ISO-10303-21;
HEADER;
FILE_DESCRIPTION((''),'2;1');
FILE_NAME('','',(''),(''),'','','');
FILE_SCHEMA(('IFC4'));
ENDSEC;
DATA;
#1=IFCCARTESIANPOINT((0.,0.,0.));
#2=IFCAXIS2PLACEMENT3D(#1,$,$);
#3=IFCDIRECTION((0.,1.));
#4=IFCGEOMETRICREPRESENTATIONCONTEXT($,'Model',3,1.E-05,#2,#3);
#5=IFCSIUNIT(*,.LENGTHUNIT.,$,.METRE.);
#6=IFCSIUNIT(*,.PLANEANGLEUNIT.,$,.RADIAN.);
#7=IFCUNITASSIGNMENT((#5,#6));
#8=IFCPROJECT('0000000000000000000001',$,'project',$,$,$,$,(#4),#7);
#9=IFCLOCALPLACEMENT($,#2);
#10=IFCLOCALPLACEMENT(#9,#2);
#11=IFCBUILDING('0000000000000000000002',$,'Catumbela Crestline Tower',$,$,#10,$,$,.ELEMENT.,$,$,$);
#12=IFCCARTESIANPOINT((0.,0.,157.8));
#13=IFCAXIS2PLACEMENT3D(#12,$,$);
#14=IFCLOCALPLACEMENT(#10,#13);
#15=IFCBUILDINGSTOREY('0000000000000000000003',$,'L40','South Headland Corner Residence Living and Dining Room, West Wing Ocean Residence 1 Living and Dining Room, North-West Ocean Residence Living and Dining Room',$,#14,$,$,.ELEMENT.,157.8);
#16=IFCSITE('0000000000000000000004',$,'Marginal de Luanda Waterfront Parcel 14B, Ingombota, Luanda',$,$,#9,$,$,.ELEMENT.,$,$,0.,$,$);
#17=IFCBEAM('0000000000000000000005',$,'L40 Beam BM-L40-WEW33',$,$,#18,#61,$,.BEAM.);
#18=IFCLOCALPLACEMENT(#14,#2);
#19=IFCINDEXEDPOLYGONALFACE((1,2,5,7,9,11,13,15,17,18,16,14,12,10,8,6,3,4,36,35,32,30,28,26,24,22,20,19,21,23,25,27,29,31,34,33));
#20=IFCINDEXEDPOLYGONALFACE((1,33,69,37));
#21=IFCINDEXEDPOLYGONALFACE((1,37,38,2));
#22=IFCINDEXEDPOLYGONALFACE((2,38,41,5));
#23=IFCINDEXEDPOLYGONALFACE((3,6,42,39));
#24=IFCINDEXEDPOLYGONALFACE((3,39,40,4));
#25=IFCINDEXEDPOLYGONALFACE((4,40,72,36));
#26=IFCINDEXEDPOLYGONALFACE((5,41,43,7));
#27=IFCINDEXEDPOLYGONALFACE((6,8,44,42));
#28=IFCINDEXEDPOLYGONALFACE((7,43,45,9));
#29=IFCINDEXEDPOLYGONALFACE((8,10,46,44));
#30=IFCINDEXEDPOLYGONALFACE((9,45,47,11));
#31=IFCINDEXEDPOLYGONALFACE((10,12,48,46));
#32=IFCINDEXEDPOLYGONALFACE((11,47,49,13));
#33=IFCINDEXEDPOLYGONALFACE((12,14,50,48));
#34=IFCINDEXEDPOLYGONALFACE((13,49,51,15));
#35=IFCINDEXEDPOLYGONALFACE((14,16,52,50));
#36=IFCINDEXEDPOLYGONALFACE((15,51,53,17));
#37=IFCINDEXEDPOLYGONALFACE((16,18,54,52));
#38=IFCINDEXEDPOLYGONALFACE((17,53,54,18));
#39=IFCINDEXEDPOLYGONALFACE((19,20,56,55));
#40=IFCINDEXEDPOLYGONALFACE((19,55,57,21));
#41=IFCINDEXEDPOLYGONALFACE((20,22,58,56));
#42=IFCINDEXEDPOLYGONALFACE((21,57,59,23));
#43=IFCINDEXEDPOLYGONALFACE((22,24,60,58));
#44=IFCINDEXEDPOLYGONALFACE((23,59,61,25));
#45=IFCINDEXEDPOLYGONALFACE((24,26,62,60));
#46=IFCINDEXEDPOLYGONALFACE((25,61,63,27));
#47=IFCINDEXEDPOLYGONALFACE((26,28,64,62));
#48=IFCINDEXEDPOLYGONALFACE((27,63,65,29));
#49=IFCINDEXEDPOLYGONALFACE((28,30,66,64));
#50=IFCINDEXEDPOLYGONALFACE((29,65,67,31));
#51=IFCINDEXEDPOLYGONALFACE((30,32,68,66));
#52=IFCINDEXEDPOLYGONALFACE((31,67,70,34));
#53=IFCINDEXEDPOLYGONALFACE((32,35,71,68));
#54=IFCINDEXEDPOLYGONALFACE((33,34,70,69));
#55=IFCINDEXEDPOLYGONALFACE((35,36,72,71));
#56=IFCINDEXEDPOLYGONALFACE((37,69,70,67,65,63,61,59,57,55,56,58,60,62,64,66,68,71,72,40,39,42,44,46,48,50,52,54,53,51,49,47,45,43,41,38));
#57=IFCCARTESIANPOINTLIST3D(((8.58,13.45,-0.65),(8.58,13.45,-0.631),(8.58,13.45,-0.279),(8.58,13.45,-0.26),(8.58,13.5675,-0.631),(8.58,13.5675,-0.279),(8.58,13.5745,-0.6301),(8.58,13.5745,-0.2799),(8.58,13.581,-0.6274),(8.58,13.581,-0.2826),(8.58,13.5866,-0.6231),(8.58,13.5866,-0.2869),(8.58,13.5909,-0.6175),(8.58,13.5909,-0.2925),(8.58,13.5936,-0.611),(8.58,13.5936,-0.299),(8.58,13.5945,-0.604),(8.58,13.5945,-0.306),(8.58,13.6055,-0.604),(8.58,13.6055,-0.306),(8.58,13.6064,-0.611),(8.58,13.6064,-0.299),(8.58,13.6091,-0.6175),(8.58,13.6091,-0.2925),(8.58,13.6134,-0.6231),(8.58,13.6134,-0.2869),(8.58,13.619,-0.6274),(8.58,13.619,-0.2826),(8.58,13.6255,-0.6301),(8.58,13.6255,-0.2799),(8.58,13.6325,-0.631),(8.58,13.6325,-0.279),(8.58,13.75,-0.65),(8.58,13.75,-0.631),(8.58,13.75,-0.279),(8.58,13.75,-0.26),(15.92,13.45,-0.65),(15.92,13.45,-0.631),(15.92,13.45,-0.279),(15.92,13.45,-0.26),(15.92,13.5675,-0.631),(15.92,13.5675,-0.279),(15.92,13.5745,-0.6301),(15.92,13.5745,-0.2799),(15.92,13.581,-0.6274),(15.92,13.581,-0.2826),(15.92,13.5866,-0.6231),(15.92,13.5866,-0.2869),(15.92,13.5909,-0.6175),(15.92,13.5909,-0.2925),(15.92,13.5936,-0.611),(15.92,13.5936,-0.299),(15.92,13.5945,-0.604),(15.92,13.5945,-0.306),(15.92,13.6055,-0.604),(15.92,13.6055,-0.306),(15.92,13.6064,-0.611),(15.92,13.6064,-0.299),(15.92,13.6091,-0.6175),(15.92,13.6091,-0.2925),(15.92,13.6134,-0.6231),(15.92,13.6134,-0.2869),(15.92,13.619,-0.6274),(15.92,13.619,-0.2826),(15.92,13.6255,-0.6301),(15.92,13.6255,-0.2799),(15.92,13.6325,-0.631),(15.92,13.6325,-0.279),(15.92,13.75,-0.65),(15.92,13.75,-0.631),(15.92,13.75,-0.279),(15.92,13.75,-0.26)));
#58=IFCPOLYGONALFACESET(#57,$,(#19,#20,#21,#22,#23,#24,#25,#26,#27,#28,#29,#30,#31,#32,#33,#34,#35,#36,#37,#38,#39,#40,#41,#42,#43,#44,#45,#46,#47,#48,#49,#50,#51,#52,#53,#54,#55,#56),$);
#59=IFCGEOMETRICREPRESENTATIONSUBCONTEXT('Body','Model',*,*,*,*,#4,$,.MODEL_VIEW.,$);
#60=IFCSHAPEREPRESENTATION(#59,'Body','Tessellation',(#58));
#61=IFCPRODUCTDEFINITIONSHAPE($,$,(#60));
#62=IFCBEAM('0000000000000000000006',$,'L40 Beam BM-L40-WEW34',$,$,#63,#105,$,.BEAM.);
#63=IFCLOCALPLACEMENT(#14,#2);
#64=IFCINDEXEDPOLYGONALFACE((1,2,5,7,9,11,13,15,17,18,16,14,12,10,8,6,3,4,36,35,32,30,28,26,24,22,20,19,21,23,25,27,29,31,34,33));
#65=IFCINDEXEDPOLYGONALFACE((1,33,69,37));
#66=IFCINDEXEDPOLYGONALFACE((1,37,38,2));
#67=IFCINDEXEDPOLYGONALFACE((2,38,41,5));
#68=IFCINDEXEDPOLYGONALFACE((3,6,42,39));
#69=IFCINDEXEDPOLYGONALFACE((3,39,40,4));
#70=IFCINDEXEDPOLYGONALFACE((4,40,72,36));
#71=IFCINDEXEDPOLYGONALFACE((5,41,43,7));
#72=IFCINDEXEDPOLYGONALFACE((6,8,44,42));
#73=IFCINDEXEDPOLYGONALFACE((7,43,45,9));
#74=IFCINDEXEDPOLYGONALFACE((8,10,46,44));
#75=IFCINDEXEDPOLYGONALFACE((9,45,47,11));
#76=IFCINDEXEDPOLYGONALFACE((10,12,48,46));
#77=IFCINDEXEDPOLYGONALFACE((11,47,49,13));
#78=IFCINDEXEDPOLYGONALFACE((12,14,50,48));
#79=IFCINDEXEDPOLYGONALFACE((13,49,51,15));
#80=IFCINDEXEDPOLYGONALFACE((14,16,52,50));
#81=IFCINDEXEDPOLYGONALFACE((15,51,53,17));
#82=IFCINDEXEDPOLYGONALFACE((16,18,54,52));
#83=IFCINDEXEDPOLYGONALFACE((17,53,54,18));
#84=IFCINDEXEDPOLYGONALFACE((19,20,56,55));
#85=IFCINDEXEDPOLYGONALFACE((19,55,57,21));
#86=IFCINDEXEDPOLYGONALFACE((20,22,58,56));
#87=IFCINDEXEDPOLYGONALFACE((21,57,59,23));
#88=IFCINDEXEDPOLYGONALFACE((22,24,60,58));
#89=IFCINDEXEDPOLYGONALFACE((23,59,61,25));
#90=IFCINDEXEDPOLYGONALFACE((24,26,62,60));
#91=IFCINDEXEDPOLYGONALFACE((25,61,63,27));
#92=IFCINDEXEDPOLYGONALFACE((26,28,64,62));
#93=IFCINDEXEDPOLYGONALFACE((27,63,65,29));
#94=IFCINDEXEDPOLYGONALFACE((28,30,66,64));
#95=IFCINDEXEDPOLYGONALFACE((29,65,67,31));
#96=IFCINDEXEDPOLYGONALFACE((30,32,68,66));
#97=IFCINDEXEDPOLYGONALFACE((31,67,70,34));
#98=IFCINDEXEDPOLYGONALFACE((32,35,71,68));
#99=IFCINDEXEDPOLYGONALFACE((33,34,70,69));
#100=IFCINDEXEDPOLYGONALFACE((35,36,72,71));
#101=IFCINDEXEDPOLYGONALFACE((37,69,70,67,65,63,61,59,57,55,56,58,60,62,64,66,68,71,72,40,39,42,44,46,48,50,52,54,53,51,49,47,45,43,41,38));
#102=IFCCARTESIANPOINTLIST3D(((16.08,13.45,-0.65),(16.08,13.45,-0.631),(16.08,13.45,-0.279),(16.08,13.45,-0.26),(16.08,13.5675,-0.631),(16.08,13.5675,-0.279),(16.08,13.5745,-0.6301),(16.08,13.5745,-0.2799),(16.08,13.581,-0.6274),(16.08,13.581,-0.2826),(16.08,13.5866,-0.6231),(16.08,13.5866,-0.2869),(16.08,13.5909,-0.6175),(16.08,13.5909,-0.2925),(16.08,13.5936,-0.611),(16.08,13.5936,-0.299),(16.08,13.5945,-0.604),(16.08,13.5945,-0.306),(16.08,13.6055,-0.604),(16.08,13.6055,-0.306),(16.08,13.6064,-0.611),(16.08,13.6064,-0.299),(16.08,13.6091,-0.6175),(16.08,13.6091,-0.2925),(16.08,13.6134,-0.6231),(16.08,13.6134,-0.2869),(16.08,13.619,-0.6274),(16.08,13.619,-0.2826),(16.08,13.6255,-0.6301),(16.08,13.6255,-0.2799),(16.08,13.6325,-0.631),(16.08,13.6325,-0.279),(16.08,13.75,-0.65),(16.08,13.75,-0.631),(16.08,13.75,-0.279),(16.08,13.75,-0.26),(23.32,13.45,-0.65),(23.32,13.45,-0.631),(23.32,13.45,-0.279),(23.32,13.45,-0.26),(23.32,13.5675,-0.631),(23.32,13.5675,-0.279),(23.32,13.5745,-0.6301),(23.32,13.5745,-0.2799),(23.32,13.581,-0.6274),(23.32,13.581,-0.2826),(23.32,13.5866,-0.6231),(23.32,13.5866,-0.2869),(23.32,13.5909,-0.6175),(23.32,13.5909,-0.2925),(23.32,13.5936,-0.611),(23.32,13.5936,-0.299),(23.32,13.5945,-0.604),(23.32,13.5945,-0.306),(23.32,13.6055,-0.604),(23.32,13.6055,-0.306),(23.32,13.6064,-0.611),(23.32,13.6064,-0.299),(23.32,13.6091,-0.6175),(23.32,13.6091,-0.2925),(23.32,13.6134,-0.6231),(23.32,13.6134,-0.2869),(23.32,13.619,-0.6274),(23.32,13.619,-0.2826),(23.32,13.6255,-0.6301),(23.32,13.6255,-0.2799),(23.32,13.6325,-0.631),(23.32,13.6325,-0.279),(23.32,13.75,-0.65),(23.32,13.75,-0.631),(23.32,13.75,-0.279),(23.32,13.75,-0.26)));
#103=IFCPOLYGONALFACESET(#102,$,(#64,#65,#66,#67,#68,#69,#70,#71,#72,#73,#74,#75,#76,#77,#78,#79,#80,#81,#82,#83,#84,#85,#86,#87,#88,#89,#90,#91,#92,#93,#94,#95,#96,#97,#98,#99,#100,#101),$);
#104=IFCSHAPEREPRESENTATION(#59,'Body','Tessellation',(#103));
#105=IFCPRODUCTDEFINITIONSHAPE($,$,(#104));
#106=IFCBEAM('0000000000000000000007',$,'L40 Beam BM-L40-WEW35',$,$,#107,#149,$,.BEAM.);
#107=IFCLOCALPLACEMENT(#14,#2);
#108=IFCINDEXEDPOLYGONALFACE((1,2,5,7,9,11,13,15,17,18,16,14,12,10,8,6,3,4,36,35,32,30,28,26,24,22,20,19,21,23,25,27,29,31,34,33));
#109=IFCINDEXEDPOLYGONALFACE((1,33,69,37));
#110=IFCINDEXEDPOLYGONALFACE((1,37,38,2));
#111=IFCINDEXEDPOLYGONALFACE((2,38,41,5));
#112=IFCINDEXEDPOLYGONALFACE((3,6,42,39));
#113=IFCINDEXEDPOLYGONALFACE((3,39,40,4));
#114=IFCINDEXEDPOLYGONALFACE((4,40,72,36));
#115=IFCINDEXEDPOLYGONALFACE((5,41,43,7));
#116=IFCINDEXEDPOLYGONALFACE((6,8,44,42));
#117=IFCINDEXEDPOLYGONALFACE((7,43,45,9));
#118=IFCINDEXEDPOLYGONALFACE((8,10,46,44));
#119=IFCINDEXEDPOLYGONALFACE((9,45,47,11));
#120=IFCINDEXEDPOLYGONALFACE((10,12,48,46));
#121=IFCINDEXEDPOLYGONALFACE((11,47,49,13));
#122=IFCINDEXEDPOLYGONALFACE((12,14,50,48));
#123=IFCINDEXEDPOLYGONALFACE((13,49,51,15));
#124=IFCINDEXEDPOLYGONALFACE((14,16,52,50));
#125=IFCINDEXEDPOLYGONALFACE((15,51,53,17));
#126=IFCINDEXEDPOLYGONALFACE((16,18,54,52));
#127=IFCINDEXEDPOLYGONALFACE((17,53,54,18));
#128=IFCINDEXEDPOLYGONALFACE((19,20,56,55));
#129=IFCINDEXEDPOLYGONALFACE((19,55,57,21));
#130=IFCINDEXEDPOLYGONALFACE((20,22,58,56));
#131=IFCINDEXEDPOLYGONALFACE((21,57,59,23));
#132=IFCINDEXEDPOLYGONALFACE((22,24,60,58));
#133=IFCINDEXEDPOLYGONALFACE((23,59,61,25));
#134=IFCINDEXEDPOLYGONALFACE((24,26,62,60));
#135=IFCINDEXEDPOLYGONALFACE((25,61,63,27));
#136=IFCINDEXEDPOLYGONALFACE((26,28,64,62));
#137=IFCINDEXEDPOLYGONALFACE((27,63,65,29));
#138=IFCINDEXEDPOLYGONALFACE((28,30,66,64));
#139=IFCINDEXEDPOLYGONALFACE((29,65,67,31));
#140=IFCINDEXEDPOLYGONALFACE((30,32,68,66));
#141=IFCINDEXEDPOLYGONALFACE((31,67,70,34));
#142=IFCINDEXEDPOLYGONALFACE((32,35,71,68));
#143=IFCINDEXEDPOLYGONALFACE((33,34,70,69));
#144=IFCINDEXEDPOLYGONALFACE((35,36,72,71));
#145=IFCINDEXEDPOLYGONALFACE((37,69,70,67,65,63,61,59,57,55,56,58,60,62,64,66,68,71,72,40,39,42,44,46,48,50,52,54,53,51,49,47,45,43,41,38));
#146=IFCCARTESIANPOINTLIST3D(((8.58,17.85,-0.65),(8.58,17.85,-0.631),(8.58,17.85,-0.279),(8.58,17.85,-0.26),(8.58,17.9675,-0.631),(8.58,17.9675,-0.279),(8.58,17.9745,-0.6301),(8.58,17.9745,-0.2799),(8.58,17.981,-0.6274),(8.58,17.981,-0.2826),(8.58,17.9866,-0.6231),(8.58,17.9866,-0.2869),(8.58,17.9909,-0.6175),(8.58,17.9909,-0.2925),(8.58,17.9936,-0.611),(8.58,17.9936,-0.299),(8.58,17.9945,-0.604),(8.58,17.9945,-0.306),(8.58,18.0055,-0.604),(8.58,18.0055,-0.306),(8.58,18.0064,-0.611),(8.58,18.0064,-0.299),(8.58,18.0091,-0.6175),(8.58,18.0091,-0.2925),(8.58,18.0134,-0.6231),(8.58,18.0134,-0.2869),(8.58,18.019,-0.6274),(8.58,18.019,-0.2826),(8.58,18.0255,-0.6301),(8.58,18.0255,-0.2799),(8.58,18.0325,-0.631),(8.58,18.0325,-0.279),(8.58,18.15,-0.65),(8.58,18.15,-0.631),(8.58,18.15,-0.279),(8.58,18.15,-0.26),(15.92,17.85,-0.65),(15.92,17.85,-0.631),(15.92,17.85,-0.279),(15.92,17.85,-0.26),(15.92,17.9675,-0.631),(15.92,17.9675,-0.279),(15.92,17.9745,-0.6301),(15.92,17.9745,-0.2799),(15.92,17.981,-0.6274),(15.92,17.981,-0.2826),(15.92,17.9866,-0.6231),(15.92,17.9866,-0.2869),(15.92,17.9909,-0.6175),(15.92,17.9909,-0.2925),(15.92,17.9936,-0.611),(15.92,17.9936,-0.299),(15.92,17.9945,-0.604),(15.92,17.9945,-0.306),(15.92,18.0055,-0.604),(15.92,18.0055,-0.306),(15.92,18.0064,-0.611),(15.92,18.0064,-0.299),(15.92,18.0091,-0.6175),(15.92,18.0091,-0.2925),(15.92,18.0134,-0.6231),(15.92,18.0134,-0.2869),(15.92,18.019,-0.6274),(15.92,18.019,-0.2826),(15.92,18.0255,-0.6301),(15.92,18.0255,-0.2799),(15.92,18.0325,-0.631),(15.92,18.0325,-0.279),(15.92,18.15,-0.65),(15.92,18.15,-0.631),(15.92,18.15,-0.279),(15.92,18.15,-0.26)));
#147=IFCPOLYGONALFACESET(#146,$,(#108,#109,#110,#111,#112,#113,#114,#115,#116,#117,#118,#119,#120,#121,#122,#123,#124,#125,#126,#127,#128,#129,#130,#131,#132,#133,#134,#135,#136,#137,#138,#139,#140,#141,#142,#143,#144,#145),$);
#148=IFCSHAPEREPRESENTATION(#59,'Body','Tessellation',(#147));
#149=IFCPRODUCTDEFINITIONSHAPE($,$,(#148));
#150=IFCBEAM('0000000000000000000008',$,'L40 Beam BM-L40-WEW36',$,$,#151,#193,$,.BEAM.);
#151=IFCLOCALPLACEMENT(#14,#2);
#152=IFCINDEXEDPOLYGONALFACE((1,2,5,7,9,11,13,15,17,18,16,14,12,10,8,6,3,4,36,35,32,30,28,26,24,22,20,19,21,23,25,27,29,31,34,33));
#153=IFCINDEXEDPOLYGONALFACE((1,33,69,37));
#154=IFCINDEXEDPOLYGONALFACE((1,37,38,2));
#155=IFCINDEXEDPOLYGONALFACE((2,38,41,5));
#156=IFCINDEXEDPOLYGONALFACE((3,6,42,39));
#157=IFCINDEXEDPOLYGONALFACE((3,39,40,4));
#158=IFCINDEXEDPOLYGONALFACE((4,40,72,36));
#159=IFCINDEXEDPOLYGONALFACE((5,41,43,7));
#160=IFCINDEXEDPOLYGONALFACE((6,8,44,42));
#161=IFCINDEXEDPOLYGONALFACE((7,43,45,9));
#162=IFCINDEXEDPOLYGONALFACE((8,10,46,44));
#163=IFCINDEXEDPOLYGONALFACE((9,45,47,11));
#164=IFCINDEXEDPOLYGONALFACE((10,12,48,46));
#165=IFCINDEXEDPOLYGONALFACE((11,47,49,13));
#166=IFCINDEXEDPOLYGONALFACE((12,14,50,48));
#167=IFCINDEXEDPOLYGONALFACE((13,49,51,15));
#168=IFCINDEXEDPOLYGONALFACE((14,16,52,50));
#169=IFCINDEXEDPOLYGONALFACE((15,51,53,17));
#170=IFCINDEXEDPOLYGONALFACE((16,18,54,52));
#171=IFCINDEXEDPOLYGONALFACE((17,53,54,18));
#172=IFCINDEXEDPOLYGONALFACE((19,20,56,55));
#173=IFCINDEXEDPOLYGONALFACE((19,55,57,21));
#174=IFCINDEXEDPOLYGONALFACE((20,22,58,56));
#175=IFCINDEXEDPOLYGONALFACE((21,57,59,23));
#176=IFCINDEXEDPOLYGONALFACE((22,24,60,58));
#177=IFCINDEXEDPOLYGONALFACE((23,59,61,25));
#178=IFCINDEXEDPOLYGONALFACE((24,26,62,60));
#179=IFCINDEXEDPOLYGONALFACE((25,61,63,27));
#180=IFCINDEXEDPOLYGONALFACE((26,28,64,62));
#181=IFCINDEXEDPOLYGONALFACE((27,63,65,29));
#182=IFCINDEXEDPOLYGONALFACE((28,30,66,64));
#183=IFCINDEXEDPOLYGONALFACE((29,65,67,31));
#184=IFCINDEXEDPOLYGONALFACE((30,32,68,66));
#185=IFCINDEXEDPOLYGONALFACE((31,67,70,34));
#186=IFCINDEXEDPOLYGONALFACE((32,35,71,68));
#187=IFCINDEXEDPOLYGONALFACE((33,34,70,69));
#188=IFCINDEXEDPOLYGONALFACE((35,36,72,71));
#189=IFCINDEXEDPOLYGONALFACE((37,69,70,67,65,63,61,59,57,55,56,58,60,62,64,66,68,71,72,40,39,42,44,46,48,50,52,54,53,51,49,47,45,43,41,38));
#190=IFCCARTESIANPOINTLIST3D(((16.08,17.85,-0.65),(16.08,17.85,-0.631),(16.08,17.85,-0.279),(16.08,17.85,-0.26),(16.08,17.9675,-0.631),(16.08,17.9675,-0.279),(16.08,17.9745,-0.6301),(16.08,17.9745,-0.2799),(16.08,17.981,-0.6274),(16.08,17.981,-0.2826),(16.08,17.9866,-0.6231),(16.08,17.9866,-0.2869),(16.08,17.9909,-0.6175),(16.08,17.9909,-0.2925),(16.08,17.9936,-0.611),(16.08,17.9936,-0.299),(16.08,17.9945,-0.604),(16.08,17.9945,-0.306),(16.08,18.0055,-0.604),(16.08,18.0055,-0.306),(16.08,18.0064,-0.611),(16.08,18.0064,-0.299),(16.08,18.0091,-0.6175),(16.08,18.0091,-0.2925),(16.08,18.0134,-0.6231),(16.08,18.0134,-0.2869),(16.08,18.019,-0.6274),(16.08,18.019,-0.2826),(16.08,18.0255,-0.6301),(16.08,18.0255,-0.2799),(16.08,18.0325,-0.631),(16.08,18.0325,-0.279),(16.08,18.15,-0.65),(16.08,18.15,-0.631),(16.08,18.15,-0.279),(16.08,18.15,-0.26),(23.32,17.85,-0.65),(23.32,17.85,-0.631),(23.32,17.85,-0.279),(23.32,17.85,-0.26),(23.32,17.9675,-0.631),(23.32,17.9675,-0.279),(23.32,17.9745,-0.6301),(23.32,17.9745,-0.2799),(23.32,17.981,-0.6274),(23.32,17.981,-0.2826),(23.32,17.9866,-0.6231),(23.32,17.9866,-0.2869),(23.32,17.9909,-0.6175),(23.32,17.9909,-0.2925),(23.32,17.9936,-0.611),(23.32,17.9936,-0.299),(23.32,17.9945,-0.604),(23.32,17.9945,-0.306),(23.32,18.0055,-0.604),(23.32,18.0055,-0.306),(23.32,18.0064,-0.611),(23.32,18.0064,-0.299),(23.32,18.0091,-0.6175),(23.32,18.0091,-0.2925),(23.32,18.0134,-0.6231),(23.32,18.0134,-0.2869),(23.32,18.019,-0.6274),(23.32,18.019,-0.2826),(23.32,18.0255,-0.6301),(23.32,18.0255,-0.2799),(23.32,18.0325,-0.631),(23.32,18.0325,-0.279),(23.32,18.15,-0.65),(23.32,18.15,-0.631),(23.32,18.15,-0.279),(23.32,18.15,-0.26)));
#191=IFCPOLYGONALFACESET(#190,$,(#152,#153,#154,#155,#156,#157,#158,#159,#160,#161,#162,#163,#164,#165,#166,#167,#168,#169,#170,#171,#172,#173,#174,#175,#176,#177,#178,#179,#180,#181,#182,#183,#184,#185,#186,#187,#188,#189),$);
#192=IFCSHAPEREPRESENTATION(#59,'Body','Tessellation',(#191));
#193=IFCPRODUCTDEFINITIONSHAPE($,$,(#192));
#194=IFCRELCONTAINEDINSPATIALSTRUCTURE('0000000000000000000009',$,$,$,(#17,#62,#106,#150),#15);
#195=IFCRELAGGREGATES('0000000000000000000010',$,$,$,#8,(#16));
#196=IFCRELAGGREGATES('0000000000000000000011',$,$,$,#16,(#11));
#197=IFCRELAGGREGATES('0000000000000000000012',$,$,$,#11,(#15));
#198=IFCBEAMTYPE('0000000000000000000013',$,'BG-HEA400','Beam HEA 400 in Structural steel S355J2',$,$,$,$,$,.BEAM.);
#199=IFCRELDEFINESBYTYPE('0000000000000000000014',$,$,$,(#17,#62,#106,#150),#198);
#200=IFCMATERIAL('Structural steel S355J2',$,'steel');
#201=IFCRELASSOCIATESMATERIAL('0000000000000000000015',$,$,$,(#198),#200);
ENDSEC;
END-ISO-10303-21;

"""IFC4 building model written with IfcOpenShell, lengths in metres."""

from ifc_helpers import new_model, si_unit, direction, frame, origin, origin_2d, place, context, subcontext, project, spatial, i_section, extrude, material, material_profile, profile_set, type_object, element, save


model = new_model("IFC4")

# Units and contexts
model_context = context("Model", 3, precision=1e-05, world=origin(), true_north=direction((0.0, 1.0)))
body_context = subcontext(model_context, "Body", "Model", "MODEL_VIEW")
ifc_project = project(units=[si_unit("LENGTHUNIT", "METRE"), si_unit("PLANEANGLEUNIT", "RADIAN")], contexts=[model_context])

# Site, building, storey
site_placement = place(None, origin())
site = spatial("IfcSite", under=ifc_project, at=site_placement, Name="Marginal de Luanda Waterfront Parcel 14B, Ingombota, Luanda", CompositionType="ELEMENT", RefElevation=0.0)
building_placement = place(site_placement, origin())
building = spatial("IfcBuilding", under=site, at=building_placement, Name="Catumbela Crestline Tower", CompositionType="ELEMENT")
storey_placement = place(building_placement, frame((0.0, 0.0, 157.8)))
storey = spatial("IfcBuildingStorey", under=building, at=storey_placement, Name="L40", Description="South Headland Corner Residence Living and Dining Room, West Wing Ocean Residence 1 Living and Dining Room, North-West Ocean Residence Living and Dining Room", CompositionType="ELEMENT", Elevation=157.8)

# Shared definitions
ifc_material_1 = material(Name="Structural steel S355J2", Category="steel")

# Beams
ifc_material_profile_1 = material_profile(ifc_material_1, i_section(OverallWidth=0.3, OverallDepth=0.39, WebThickness=0.011, FlangeThickness=0.019, FilletRadius=0.027, at=origin_2d()), Name="HEA 400")
ifc_profile_set_1 = profile_set([ifc_material_profile_1], Name="Structural steel S355J2")
beam_type_1 = type_object("IfcBeamType", Name="BG-HEA400", Description="Beam HEA 400 in Structural steel S355J2", PredefinedType="BEAM", material=ifc_profile_set_1)
beam_1_placement = place(storey_placement, frame((8.58, 13.6, -0.455), z_axis=(1.0, 0.0, 0.0), x_axis=(0.0, 1.0, 0.0)))
element("IfcBeam", 1, at=beam_1_placement, inside=storey, type_object=beam_type_1, Name="L40 Beam BM-L40-WEW33", PredefinedType="BEAM", context=body_context, shape_type="SweptSolid", body=[
    extrude(i_section(OverallWidth=0.3, OverallDepth=0.39, WebThickness=0.011, FlangeThickness=0.019, FilletRadius=0.027, at=origin_2d()), origin(), (0.0, 0.0, 1.0), 7.34),
])
beam_2_placement = place(storey_placement, frame((16.08, 13.6, -0.455), z_axis=(1.0, 0.0, 0.0), x_axis=(0.0, 1.0, 0.0)))
element("IfcBeam", 2, at=beam_2_placement, inside=storey, type_object=beam_type_1, Name="L40 Beam BM-L40-WEW34", PredefinedType="BEAM", context=body_context, shape_type="SweptSolid", body=[
    extrude(i_section(OverallWidth=0.3, OverallDepth=0.39, WebThickness=0.011, FlangeThickness=0.019, FilletRadius=0.027, at=origin_2d()), origin(), (0.0, 0.0, 1.0), 7.24),
])
beam_3_placement = place(storey_placement, frame((8.58, 18.0, -0.455), z_axis=(1.0, 0.0, 0.0), x_axis=(0.0, 1.0, 0.0)))
element("IfcBeam", 3, at=beam_3_placement, inside=storey, type_object=beam_type_1, Name="L40 Beam BM-L40-WEW35", PredefinedType="BEAM", context=body_context, shape_type="SweptSolid", body=[
    extrude(i_section(OverallWidth=0.3, OverallDepth=0.39, WebThickness=0.011, FlangeThickness=0.019, FilletRadius=0.027, at=origin_2d()), origin(), (0.0, 0.0, 1.0), 7.34),
])
beam_4_placement = place(storey_placement, frame((16.08, 18.0, -0.455), z_axis=(1.0, 0.0, 0.0), x_axis=(0.0, 1.0, 0.0)))
element("IfcBeam", 4, at=beam_4_placement, inside=storey, type_object=beam_type_1, Name="L40 Beam BM-L40-WEW36", PredefinedType="BEAM", context=body_context, shape_type="SweptSolid", body=[
    extrude(i_section(OverallWidth=0.3, OverallDepth=0.39, WebThickness=0.011, FlangeThickness=0.019, FilletRadius=0.027, at=origin_2d()), origin(), (0.0, 0.0, 1.0), 7.24),
])

save(model, "model.ifc")
